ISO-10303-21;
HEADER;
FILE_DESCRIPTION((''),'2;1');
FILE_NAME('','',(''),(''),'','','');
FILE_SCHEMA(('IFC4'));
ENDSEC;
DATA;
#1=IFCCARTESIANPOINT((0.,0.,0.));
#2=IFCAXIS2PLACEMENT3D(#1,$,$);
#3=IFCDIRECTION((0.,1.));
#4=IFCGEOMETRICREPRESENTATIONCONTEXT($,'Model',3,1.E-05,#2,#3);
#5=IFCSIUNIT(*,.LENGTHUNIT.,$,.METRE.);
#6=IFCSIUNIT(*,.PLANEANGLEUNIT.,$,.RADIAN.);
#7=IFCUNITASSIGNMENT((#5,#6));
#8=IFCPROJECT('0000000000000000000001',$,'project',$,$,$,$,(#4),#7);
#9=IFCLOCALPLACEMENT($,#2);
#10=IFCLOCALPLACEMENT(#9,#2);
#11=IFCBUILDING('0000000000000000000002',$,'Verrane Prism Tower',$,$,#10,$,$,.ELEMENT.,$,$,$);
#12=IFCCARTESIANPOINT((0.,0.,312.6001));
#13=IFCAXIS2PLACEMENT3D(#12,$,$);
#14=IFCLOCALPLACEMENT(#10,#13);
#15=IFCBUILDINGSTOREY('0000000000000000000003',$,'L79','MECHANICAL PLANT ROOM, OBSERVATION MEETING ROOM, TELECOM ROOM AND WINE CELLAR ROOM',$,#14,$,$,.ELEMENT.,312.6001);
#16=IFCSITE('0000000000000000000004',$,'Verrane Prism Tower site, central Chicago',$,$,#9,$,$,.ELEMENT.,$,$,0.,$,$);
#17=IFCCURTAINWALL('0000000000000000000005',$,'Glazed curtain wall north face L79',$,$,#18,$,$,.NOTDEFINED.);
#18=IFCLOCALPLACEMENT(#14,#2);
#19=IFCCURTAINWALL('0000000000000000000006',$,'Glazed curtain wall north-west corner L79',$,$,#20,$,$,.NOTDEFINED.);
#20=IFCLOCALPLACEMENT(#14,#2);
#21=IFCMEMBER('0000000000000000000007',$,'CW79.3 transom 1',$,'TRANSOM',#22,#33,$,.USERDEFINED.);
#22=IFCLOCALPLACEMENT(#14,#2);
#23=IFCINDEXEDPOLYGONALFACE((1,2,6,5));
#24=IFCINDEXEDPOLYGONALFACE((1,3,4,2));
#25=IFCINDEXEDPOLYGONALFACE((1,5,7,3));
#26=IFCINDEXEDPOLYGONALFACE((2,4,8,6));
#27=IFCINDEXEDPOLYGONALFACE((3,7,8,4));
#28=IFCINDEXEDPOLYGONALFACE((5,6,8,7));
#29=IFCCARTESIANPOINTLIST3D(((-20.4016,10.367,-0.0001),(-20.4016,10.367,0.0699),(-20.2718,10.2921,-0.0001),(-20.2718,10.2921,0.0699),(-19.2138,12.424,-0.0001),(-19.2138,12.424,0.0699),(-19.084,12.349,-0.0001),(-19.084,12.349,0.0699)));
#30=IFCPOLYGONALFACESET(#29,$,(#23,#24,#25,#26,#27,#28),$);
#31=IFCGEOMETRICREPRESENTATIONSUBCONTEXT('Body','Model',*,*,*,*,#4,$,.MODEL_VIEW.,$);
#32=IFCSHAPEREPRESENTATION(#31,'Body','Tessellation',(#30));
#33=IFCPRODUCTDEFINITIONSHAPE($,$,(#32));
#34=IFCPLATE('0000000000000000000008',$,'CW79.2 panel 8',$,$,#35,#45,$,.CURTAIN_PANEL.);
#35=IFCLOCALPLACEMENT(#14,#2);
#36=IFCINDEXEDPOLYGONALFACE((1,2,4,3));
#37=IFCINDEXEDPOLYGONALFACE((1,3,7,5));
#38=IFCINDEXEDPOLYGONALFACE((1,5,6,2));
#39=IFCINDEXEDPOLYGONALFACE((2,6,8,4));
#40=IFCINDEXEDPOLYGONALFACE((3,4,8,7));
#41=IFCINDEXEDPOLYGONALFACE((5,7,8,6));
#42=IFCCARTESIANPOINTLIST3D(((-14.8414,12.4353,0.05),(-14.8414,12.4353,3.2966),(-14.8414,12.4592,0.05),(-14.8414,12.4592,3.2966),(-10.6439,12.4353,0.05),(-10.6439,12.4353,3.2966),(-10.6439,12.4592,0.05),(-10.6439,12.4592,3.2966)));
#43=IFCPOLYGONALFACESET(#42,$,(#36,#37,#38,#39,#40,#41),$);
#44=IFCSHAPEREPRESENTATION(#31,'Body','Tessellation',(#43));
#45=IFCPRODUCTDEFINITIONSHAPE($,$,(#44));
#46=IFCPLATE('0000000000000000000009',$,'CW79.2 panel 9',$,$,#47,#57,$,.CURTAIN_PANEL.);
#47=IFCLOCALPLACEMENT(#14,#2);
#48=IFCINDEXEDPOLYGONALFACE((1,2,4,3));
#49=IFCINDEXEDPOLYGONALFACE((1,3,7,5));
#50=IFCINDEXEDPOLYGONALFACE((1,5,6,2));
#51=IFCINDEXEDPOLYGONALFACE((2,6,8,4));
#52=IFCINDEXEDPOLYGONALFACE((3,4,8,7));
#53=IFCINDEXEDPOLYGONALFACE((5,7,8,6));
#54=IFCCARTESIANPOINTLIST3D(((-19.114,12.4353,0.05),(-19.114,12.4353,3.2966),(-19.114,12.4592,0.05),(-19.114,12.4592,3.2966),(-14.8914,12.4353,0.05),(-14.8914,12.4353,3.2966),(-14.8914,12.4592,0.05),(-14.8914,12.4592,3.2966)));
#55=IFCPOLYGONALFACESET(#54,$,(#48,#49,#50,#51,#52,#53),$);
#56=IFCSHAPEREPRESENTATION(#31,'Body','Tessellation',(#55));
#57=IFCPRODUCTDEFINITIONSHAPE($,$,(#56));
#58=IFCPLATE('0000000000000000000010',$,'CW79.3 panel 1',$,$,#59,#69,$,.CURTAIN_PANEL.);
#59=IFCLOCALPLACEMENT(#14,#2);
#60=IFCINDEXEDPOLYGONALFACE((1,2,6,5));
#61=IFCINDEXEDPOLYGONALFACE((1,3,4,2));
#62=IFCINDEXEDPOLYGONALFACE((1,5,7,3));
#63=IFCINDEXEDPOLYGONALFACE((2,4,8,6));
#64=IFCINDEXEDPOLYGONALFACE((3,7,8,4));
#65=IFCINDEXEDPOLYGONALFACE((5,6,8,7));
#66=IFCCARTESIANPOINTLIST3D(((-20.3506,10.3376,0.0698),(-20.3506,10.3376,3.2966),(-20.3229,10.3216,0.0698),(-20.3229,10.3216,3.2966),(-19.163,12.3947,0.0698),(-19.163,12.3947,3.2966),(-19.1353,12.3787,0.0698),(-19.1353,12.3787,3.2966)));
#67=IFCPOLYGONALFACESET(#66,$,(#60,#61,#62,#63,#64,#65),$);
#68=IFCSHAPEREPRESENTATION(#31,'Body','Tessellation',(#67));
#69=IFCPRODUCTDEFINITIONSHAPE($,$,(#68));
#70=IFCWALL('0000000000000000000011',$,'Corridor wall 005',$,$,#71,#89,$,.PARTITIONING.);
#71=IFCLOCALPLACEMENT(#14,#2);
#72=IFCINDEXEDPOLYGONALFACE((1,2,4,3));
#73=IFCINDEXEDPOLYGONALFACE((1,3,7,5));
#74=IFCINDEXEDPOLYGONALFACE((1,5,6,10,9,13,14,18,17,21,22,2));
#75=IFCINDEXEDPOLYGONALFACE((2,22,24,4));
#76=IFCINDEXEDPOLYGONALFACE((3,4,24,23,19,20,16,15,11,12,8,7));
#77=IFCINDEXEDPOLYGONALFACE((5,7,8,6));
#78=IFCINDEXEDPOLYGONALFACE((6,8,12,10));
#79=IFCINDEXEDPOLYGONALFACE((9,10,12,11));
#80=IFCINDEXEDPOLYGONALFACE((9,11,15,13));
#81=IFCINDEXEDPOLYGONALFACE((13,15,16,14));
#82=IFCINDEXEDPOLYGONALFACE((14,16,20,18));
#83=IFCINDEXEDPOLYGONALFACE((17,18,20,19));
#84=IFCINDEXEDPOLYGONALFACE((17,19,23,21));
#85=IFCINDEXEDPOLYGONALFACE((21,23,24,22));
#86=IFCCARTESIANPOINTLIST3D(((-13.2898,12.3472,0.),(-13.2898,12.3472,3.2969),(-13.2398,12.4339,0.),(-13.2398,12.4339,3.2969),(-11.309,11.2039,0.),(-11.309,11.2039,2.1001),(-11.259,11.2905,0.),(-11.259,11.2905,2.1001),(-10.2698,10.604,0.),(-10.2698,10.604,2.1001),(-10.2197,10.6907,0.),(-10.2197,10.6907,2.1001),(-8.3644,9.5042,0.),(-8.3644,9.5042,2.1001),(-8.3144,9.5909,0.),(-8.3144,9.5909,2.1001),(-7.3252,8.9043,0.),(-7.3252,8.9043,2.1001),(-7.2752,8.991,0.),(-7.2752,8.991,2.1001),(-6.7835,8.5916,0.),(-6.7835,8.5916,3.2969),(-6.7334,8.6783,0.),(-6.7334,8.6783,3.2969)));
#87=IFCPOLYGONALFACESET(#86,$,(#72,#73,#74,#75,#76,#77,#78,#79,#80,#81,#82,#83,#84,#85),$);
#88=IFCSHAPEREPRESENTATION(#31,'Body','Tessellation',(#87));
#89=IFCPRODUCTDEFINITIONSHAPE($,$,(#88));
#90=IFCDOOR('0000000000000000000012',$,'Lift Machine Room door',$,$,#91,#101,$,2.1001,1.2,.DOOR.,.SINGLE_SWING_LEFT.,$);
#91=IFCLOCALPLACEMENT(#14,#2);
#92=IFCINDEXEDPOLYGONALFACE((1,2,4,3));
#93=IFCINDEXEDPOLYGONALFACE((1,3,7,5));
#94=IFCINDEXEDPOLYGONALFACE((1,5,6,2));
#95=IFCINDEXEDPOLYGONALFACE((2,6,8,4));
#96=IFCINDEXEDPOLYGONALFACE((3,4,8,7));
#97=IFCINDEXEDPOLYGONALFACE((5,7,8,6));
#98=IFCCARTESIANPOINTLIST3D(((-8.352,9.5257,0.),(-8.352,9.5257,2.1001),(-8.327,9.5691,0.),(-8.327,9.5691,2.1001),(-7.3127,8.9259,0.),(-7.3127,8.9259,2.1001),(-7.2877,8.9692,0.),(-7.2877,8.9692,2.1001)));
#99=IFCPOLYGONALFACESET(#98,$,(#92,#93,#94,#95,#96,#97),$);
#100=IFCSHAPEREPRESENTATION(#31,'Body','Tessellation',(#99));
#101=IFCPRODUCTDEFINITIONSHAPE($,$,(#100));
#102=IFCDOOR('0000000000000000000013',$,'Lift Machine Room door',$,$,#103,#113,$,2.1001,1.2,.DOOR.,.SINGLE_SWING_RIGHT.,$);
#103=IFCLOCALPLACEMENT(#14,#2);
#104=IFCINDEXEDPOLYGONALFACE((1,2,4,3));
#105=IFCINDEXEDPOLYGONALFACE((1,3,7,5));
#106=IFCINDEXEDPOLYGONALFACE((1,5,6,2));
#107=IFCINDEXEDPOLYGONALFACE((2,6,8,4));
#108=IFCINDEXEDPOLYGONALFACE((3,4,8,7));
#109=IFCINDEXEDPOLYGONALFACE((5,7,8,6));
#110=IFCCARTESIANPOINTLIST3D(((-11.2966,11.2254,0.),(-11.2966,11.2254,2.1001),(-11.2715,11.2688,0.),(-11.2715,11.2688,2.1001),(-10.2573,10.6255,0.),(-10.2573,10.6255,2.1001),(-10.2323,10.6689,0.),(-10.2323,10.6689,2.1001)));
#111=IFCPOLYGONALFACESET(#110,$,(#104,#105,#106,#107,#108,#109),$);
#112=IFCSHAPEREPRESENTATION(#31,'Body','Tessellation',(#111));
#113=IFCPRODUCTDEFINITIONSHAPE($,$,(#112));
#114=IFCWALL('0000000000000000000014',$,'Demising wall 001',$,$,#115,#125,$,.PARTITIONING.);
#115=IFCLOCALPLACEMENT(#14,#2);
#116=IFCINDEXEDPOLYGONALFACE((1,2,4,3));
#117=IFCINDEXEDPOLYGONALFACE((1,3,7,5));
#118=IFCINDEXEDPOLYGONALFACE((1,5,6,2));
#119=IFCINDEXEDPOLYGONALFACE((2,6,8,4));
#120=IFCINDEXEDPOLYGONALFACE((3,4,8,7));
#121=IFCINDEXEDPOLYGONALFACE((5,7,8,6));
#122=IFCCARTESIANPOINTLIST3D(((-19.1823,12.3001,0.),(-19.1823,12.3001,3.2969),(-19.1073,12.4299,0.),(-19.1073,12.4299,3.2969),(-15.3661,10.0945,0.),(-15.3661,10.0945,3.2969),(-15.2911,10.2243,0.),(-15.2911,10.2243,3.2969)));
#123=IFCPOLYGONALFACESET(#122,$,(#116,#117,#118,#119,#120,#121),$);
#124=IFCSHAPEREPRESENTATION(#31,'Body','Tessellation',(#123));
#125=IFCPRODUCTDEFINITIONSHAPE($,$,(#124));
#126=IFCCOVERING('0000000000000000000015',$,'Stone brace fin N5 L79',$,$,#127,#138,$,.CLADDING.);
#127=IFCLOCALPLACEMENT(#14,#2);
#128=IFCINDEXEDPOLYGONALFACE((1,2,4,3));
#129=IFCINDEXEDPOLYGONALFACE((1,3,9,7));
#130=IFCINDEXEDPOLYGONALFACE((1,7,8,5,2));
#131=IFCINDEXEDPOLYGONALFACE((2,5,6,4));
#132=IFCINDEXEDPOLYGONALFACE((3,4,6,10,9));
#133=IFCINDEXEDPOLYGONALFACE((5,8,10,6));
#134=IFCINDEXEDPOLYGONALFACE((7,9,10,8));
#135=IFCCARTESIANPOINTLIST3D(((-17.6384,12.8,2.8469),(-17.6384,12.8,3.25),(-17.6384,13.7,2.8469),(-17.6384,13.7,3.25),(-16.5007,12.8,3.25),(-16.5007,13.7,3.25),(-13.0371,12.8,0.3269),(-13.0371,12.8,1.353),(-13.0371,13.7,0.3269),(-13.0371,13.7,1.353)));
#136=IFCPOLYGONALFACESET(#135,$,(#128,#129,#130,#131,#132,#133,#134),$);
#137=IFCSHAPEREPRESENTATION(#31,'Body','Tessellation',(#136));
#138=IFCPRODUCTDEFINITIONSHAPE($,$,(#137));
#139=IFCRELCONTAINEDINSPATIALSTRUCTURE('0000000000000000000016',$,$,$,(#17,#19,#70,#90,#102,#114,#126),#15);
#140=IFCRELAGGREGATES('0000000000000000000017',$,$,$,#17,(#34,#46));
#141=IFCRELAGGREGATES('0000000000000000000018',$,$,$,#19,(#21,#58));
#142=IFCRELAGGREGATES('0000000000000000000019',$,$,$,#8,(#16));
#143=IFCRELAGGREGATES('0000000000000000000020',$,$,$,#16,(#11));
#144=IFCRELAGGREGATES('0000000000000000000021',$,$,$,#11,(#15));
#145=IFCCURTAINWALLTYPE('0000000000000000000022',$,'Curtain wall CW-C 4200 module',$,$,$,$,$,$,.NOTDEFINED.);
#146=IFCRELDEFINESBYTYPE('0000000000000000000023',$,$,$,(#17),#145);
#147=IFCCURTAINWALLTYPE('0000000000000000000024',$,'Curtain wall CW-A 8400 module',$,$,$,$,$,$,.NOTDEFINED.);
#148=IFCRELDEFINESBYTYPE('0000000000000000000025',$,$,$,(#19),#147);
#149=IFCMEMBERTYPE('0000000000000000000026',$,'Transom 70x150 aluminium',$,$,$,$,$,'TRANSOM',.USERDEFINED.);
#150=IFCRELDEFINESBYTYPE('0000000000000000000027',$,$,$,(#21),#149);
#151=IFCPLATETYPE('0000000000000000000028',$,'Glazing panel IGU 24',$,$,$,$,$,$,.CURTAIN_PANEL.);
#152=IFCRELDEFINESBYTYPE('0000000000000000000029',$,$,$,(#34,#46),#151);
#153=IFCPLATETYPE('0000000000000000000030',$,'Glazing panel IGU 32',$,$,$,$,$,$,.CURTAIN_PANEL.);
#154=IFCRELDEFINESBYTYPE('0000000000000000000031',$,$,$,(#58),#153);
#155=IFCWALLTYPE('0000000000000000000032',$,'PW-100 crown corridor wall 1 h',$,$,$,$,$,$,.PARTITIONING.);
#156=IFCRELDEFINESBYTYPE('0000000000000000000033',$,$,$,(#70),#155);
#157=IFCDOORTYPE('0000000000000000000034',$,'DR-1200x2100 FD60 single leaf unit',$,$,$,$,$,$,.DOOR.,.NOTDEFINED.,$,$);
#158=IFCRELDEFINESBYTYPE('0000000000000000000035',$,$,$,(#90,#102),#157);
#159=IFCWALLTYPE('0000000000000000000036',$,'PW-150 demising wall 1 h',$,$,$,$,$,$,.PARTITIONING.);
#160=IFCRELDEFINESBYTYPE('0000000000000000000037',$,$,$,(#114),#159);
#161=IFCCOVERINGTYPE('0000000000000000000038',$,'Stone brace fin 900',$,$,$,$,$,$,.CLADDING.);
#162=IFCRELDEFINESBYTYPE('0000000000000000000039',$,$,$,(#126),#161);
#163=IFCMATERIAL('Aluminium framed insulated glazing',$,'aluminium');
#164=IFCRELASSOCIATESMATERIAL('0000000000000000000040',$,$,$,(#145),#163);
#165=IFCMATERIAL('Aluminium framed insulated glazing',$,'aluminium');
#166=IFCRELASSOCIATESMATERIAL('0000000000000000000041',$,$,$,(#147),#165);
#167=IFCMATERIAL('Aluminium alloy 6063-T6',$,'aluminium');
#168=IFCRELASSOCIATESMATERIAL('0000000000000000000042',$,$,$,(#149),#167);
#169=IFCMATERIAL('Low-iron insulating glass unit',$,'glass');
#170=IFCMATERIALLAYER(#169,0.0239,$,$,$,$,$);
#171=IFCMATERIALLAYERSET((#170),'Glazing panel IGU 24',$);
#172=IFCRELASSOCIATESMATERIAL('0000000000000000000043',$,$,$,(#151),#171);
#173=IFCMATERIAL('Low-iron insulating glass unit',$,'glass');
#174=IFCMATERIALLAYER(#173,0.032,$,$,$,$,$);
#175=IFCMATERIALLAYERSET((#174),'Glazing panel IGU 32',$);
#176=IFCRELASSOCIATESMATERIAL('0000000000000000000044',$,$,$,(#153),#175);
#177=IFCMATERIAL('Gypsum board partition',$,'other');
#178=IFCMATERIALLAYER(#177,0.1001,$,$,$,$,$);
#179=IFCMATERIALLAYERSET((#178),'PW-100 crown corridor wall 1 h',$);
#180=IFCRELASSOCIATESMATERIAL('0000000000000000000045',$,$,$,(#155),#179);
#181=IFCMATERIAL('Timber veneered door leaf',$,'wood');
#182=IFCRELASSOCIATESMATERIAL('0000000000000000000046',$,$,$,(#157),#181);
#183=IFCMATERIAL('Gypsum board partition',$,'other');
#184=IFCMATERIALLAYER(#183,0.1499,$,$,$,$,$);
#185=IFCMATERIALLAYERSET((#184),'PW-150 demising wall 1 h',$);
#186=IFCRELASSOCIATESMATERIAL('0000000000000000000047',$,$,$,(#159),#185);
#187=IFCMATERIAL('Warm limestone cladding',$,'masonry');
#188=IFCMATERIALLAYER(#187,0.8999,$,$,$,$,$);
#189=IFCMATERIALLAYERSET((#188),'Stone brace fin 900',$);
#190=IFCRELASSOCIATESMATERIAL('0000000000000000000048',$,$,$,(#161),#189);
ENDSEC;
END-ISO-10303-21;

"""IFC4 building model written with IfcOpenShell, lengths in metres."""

from ifc_helpers import new_model, si_unit, direction, frame, frame_2d, origin, origin_2d, place, context, subcontext, project, spatial, polyline, rectangle, outline, extrude, material, layer, layer_set, material_profile, profile_set, type_object, element, fill, aggregate, save


model = new_model("IFC4")

# Units and contexts
model_context = context("Model", 3, precision=1e-05, world=origin(), true_north=direction((0.0, 1.0)))
body_context = subcontext(model_context, "Body", "Model", "MODEL_VIEW")
ifc_project = project(units=[si_unit("LENGTHUNIT", "METRE"), si_unit("PLANEANGLEUNIT", "RADIAN")], contexts=[model_context])

# Site, building, storey
site_placement = place(None, origin())
site = spatial("IfcSite", under=ifc_project, at=site_placement, Name="Verrane Prism Tower site, central Chicago", CompositionType="ELEMENT", RefElevation=0.0)
building_placement = place(site_placement, origin())
building = spatial("IfcBuilding", under=site, at=building_placement, Name="Verrane Prism Tower", CompositionType="ELEMENT")
storey_placement = place(building_placement, frame((0.0, 0.0, 312.6001)))
storey = spatial("IfcBuildingStorey", under=building, at=storey_placement, Name="L79", Description="MECHANICAL PLANT ROOM, OBSERVATION MEETING ROOM, TELECOM ROOM AND WINE CELLAR ROOM", CompositionType="ELEMENT", Elevation=312.6001)

# Curtain walls
ifc_material_1 = material(Name="Aluminium framed insulated glazing", Category="aluminium")
curtain_wall_type_1 = type_object("IfcCurtainWallType", Name="Curtain wall CW-C 4200 module", PredefinedType="NOTDEFINED", material=ifc_material_1)
curtain_wall_1_placement = place(storey_placement, origin())
curtain_wall_1 = element("IfcCurtainWall", 1, at=curtain_wall_1_placement, inside=storey, type_object=curtain_wall_type_1, Name="Glazed curtain wall north face L79", PredefinedType="NOTDEFINED")
ifc_material_2 = material(Name="Aluminium framed insulated glazing", Category="aluminium")
curtain_wall_type_2 = type_object("IfcCurtainWallType", Name="Curtain wall CW-A 8400 module", PredefinedType="NOTDEFINED", material=ifc_material_2)
curtain_wall_2_placement = place(storey_placement, origin())
curtain_wall_2 = element("IfcCurtainWall", 2, at=curtain_wall_2_placement, inside=storey, type_object=curtain_wall_type_2, Name="Glazed curtain wall north-west corner L79", PredefinedType="NOTDEFINED")

# Member
ifc_material_3 = material(Name="Aluminium alloy 6063-T6", Category="aluminium")
ifc_material_profile_1 = material_profile(ifc_material_3, rectangle(XDim=0.1499, YDim=0.0701, at=origin_2d()), Name="Transom 70x150 aluminium")
ifc_profile_set_1 = profile_set([ifc_material_profile_1], Name="Aluminium alloy 6063-T6")
member_type_1 = type_object("IfcMemberType", Name="Transom 70x150 aluminium", ElementType="TRANSOM", PredefinedType="USERDEFINED", material=ifc_profile_set_1)
member_1_placement = place(storey_placement, frame((-19.1489, 12.3865, 0.0349), z_axis=(-0.500064, -0.865989, 0.0), x_axis=(0.865989, -0.500064, 0.0)))
member_1 = element("IfcMember", 3, at=member_1_placement, type_object=member_type_1, Name="CW79.3 transom 1", ObjectType="TRANSOM", PredefinedType="USERDEFINED", context=body_context, shape_type="SweptSolid", body=[
    extrude(rectangle(XDim=0.1499, YDim=0.0701, at=origin_2d()), origin(), (0.0, 0.0, 1.0), 2.3752),
])

# Plates
ifc_material_4 = material(Name="Low-iron insulating glass unit", Category="glass")
ifc_layer_1 = layer(ifc_material_4, 0.0239)
ifc_layer_set_1 = layer_set([ifc_layer_1], Name="Glazing panel IGU 24")
plate_type_1 = type_object("IfcPlateType", Name="Glazing panel IGU 24", PredefinedType="CURTAIN_PANEL", material=ifc_layer_set_1)
plate_1_placement = place(storey_placement, frame((-12.7427, 12.4473, 0.05), z_axis=(0.0, 0.0, 1.0), x_axis=(-1.0, 0.0, 0.0)))
plate_1 = element("IfcPlate", 4, at=plate_1_placement, type_object=plate_type_1, Name="CW79.2 panel 8", PredefinedType="CURTAIN_PANEL", context=body_context, shape_type="SweptSolid", body=[
    extrude(rectangle(XDim=4.1975, YDim=0.0239, at=origin_2d()), origin(), (0.0, 0.0, 1.0), 3.2466),
])
plate_2_placement = place(storey_placement, frame((-17.0027, 12.4473, 0.05), z_axis=(0.0, 0.0, 1.0), x_axis=(-1.0, 0.0, 0.0)))
plate_2 = element("IfcPlate", 5, at=plate_2_placement, type_object=plate_type_1, Name="CW79.2 panel 9", PredefinedType="CURTAIN_PANEL", context=body_context, shape_type="SweptSolid", body=[
    extrude(rectangle(XDim=4.2227, YDim=0.0239, at=origin_2d()), origin(), (0.0, 0.0, 1.0), 3.2466),
])
aggregate(curtain_wall_1, [plate_1, plate_2])
ifc_material_5 = material(Name="Low-iron insulating glass unit", Category="glass")
ifc_layer_2 = layer(ifc_material_5, 0.032)
ifc_layer_set_2 = layer_set([ifc_layer_2], Name="Glazing panel IGU 32")
plate_type_2 = type_object("IfcPlateType", Name="Glazing panel IGU 32", PredefinedType="CURTAIN_PANEL", material=ifc_layer_set_2)
plate_3_placement = place(storey_placement, frame((-19.7429, 11.3582, 0.0698), z_axis=(0.0, 0.0, 1.0), x_axis=(-0.500001, -0.866025, 0.0)))
plate_3 = element("IfcPlate", 6, at=plate_3_placement, type_object=plate_type_2, Name="CW79.3 panel 1", PredefinedType="CURTAIN_PANEL", context=body_context, shape_type="SweptSolid", body=[
    extrude(rectangle(XDim=2.3752, YDim=0.032, at=origin_2d()), origin(), (0.0, 0.0, 1.0), 3.2268),
])
aggregate(curtain_wall_2, [member_1, plate_3])

# Wall, openings, doors
ifc_material_6 = material(Name="Gypsum board partition", Category="other")
ifc_layer_3 = layer(ifc_material_6, 0.1001)
ifc_layer_set_3 = layer_set([ifc_layer_3], Name="PW-100 crown corridor wall 1 h")
wall_type_1 = type_object("IfcWallType", Name="PW-100 crown corridor wall 1 h", PredefinedType="PARTITIONING", material=ifc_layer_set_3)
wall_1_placement = place(storey_placement, frame((-13.2649, 12.3906, 0.0), z_axis=(0.0, 0.0, 1.0), x_axis=(0.866073, -0.499918, 0.0)))
wall_1 = element("IfcWall", 7, at=wall_1_placement, inside=storey, type_object=wall_type_1, Name="Corridor wall 005", PredefinedType="PARTITIONING", context=body_context, shape_type="SweptSolid", body=[
    extrude(rectangle(XDim=7.5125, YDim=0.1001, at=frame_2d((3.7563, 0.0))), origin(), (0.0, 0.0, 1.0), 3.2969),
])
opening_1_placement = place(wall_1_placement, frame((5.687, 0.0, 0.0)))
opening_1 = element("IfcOpeningElement", 8, at=opening_1_placement, cuts=wall_1, PredefinedType="OPENING", context=body_context, shape_type="SweptSolid", body=[
    extrude(rectangle(XDim=1.2, YDim=2.1001, at=frame_2d((0.6001, 1.05))), frame((0.0, 0.0601, 0.0), z_axis=(0.0, -1.0, 0.0), x_axis=(1.0, 0.0, 0.0)), (0.0, 0.0, 1.0), 0.1201),
])
opening_2_placement = place(wall_1_placement, frame((2.2871, 0.0, 0.0)))
opening_2 = element("IfcOpeningElement", 9, at=opening_2_placement, cuts=wall_1, PredefinedType="OPENING", context=body_context, shape_type="SweptSolid", body=[
    extrude(rectangle(XDim=1.2, YDim=2.1001, at=frame_2d((0.6001, 1.05))), frame((0.0, 0.0601, 0.0), z_axis=(0.0, -1.0, 0.0), x_axis=(1.0, 0.0, 0.0)), (0.0, 0.0, 1.0), 0.1201),
])
ifc_material_7 = material(Name="Timber veneered door leaf", Category="wood")
door_type = type_object("IfcDoorType", Name="DR-1200x2100 FD60 single leaf unit", OperationType="NOTDEFINED", PredefinedType="DOOR", material=ifc_material_7)
door_1_placement = place(opening_1_placement, origin())
door_1 = element("IfcDoor", 10, at=door_1_placement, inside=storey, type_object=door_type, Name="Lift Machine Room door", OperationType="SINGLE_SWING_LEFT", OverallHeight=2.1001, OverallWidth=1.2, PredefinedType="DOOR", context=body_context, shape_type="SweptSolid", body=[
    extrude(rectangle(XDim=1.2, YDim=2.1001, at=frame_2d((0.6001, 1.05))), frame((0.0, 0.0249, 0.0), z_axis=(0.0, -1.0, 0.0), x_axis=(1.0, 0.0, 0.0)), (0.0, 0.0, 1.0), 0.05),
])
fill(opening_1, door_1)
door_2_placement = place(opening_2_placement, origin())
door_2 = element("IfcDoor", 11, at=door_2_placement, inside=storey, type_object=door_type, Name="Lift Machine Room door", OperationType="SINGLE_SWING_RIGHT", OverallHeight=2.1001, OverallWidth=1.2, PredefinedType="DOOR", context=body_context, shape_type="SweptSolid", body=[
    extrude(rectangle(XDim=1.2, YDim=2.1001, at=frame_2d((0.6001, 1.05))), frame((0.0, 0.0249, 0.0), z_axis=(0.0, -1.0, 0.0), x_axis=(1.0, 0.0, 0.0)), (0.0, 0.0, 1.0), 0.05),
])
fill(opening_2, door_2)

# Wall
ifc_material_8 = material(Name="Gypsum board partition", Category="other")
ifc_layer_4 = layer(ifc_material_8, 0.1499)
ifc_layer_set_4 = layer_set([ifc_layer_4], Name="PW-150 demising wall 1 h")
wall_type_2 = type_object("IfcWallType", Name="PW-150 demising wall 1 h", PredefinedType="PARTITIONING", material=ifc_layer_set_4)
wall_2_placement = place(storey_placement, frame((-19.1448, 12.365, 0.0), z_axis=(0.0, 0.0, 1.0), x_axis=(0.865799, -0.500392, 0.0)))
element("IfcWall", 12, at=wall_2_placement, inside=storey, type_object=wall_type_2, Name="Demising wall 001", PredefinedType="PARTITIONING", context=body_context, shape_type="SweptSolid", body=[
    extrude(rectangle(XDim=4.4077, YDim=0.1499, at=frame_2d((2.2039, 0.0))), origin(), (0.0, 0.0, 1.0), 3.2969),
])

# Covering
ifc_material_9 = material(Name="Warm limestone cladding", Category="masonry")
ifc_layer_5 = layer(ifc_material_9, 0.8999)
ifc_layer_set_5 = layer_set([ifc_layer_5], Name="Stone brace fin 900")
covering_type = type_object("IfcCoveringType", Name="Stone brace fin 900", PredefinedType="CLADDING", material=ifc_layer_set_5)
covering_placement = place(storey_placement, frame((-13.0371, 13.25, 0.3269), z_axis=(0.0, 0.0, 1.0), x_axis=(-1.0, 0.0, 0.0)))
element("IfcCovering", 13, at=covering_placement, inside=storey, type_object=covering_type, Name="Stone brace fin N5 L79", PredefinedType="CLADDING", context=body_context, shape_type="SweptSolid", body=[
    extrude(outline(polyline([(4.6013, 2.9231), (3.4636, 2.9231), (0.0, 1.0261), (0.0, 0.0), (4.6013, 2.52), (4.6013, 2.9231)])), frame((0.0, 0.45, 0.0), z_axis=(0.0, -1.0, 0.0), x_axis=(1.0, 0.0, 0.0)), (0.0, 0.0, 1.0), 0.8999),
])

save(model, "model.ifc")
